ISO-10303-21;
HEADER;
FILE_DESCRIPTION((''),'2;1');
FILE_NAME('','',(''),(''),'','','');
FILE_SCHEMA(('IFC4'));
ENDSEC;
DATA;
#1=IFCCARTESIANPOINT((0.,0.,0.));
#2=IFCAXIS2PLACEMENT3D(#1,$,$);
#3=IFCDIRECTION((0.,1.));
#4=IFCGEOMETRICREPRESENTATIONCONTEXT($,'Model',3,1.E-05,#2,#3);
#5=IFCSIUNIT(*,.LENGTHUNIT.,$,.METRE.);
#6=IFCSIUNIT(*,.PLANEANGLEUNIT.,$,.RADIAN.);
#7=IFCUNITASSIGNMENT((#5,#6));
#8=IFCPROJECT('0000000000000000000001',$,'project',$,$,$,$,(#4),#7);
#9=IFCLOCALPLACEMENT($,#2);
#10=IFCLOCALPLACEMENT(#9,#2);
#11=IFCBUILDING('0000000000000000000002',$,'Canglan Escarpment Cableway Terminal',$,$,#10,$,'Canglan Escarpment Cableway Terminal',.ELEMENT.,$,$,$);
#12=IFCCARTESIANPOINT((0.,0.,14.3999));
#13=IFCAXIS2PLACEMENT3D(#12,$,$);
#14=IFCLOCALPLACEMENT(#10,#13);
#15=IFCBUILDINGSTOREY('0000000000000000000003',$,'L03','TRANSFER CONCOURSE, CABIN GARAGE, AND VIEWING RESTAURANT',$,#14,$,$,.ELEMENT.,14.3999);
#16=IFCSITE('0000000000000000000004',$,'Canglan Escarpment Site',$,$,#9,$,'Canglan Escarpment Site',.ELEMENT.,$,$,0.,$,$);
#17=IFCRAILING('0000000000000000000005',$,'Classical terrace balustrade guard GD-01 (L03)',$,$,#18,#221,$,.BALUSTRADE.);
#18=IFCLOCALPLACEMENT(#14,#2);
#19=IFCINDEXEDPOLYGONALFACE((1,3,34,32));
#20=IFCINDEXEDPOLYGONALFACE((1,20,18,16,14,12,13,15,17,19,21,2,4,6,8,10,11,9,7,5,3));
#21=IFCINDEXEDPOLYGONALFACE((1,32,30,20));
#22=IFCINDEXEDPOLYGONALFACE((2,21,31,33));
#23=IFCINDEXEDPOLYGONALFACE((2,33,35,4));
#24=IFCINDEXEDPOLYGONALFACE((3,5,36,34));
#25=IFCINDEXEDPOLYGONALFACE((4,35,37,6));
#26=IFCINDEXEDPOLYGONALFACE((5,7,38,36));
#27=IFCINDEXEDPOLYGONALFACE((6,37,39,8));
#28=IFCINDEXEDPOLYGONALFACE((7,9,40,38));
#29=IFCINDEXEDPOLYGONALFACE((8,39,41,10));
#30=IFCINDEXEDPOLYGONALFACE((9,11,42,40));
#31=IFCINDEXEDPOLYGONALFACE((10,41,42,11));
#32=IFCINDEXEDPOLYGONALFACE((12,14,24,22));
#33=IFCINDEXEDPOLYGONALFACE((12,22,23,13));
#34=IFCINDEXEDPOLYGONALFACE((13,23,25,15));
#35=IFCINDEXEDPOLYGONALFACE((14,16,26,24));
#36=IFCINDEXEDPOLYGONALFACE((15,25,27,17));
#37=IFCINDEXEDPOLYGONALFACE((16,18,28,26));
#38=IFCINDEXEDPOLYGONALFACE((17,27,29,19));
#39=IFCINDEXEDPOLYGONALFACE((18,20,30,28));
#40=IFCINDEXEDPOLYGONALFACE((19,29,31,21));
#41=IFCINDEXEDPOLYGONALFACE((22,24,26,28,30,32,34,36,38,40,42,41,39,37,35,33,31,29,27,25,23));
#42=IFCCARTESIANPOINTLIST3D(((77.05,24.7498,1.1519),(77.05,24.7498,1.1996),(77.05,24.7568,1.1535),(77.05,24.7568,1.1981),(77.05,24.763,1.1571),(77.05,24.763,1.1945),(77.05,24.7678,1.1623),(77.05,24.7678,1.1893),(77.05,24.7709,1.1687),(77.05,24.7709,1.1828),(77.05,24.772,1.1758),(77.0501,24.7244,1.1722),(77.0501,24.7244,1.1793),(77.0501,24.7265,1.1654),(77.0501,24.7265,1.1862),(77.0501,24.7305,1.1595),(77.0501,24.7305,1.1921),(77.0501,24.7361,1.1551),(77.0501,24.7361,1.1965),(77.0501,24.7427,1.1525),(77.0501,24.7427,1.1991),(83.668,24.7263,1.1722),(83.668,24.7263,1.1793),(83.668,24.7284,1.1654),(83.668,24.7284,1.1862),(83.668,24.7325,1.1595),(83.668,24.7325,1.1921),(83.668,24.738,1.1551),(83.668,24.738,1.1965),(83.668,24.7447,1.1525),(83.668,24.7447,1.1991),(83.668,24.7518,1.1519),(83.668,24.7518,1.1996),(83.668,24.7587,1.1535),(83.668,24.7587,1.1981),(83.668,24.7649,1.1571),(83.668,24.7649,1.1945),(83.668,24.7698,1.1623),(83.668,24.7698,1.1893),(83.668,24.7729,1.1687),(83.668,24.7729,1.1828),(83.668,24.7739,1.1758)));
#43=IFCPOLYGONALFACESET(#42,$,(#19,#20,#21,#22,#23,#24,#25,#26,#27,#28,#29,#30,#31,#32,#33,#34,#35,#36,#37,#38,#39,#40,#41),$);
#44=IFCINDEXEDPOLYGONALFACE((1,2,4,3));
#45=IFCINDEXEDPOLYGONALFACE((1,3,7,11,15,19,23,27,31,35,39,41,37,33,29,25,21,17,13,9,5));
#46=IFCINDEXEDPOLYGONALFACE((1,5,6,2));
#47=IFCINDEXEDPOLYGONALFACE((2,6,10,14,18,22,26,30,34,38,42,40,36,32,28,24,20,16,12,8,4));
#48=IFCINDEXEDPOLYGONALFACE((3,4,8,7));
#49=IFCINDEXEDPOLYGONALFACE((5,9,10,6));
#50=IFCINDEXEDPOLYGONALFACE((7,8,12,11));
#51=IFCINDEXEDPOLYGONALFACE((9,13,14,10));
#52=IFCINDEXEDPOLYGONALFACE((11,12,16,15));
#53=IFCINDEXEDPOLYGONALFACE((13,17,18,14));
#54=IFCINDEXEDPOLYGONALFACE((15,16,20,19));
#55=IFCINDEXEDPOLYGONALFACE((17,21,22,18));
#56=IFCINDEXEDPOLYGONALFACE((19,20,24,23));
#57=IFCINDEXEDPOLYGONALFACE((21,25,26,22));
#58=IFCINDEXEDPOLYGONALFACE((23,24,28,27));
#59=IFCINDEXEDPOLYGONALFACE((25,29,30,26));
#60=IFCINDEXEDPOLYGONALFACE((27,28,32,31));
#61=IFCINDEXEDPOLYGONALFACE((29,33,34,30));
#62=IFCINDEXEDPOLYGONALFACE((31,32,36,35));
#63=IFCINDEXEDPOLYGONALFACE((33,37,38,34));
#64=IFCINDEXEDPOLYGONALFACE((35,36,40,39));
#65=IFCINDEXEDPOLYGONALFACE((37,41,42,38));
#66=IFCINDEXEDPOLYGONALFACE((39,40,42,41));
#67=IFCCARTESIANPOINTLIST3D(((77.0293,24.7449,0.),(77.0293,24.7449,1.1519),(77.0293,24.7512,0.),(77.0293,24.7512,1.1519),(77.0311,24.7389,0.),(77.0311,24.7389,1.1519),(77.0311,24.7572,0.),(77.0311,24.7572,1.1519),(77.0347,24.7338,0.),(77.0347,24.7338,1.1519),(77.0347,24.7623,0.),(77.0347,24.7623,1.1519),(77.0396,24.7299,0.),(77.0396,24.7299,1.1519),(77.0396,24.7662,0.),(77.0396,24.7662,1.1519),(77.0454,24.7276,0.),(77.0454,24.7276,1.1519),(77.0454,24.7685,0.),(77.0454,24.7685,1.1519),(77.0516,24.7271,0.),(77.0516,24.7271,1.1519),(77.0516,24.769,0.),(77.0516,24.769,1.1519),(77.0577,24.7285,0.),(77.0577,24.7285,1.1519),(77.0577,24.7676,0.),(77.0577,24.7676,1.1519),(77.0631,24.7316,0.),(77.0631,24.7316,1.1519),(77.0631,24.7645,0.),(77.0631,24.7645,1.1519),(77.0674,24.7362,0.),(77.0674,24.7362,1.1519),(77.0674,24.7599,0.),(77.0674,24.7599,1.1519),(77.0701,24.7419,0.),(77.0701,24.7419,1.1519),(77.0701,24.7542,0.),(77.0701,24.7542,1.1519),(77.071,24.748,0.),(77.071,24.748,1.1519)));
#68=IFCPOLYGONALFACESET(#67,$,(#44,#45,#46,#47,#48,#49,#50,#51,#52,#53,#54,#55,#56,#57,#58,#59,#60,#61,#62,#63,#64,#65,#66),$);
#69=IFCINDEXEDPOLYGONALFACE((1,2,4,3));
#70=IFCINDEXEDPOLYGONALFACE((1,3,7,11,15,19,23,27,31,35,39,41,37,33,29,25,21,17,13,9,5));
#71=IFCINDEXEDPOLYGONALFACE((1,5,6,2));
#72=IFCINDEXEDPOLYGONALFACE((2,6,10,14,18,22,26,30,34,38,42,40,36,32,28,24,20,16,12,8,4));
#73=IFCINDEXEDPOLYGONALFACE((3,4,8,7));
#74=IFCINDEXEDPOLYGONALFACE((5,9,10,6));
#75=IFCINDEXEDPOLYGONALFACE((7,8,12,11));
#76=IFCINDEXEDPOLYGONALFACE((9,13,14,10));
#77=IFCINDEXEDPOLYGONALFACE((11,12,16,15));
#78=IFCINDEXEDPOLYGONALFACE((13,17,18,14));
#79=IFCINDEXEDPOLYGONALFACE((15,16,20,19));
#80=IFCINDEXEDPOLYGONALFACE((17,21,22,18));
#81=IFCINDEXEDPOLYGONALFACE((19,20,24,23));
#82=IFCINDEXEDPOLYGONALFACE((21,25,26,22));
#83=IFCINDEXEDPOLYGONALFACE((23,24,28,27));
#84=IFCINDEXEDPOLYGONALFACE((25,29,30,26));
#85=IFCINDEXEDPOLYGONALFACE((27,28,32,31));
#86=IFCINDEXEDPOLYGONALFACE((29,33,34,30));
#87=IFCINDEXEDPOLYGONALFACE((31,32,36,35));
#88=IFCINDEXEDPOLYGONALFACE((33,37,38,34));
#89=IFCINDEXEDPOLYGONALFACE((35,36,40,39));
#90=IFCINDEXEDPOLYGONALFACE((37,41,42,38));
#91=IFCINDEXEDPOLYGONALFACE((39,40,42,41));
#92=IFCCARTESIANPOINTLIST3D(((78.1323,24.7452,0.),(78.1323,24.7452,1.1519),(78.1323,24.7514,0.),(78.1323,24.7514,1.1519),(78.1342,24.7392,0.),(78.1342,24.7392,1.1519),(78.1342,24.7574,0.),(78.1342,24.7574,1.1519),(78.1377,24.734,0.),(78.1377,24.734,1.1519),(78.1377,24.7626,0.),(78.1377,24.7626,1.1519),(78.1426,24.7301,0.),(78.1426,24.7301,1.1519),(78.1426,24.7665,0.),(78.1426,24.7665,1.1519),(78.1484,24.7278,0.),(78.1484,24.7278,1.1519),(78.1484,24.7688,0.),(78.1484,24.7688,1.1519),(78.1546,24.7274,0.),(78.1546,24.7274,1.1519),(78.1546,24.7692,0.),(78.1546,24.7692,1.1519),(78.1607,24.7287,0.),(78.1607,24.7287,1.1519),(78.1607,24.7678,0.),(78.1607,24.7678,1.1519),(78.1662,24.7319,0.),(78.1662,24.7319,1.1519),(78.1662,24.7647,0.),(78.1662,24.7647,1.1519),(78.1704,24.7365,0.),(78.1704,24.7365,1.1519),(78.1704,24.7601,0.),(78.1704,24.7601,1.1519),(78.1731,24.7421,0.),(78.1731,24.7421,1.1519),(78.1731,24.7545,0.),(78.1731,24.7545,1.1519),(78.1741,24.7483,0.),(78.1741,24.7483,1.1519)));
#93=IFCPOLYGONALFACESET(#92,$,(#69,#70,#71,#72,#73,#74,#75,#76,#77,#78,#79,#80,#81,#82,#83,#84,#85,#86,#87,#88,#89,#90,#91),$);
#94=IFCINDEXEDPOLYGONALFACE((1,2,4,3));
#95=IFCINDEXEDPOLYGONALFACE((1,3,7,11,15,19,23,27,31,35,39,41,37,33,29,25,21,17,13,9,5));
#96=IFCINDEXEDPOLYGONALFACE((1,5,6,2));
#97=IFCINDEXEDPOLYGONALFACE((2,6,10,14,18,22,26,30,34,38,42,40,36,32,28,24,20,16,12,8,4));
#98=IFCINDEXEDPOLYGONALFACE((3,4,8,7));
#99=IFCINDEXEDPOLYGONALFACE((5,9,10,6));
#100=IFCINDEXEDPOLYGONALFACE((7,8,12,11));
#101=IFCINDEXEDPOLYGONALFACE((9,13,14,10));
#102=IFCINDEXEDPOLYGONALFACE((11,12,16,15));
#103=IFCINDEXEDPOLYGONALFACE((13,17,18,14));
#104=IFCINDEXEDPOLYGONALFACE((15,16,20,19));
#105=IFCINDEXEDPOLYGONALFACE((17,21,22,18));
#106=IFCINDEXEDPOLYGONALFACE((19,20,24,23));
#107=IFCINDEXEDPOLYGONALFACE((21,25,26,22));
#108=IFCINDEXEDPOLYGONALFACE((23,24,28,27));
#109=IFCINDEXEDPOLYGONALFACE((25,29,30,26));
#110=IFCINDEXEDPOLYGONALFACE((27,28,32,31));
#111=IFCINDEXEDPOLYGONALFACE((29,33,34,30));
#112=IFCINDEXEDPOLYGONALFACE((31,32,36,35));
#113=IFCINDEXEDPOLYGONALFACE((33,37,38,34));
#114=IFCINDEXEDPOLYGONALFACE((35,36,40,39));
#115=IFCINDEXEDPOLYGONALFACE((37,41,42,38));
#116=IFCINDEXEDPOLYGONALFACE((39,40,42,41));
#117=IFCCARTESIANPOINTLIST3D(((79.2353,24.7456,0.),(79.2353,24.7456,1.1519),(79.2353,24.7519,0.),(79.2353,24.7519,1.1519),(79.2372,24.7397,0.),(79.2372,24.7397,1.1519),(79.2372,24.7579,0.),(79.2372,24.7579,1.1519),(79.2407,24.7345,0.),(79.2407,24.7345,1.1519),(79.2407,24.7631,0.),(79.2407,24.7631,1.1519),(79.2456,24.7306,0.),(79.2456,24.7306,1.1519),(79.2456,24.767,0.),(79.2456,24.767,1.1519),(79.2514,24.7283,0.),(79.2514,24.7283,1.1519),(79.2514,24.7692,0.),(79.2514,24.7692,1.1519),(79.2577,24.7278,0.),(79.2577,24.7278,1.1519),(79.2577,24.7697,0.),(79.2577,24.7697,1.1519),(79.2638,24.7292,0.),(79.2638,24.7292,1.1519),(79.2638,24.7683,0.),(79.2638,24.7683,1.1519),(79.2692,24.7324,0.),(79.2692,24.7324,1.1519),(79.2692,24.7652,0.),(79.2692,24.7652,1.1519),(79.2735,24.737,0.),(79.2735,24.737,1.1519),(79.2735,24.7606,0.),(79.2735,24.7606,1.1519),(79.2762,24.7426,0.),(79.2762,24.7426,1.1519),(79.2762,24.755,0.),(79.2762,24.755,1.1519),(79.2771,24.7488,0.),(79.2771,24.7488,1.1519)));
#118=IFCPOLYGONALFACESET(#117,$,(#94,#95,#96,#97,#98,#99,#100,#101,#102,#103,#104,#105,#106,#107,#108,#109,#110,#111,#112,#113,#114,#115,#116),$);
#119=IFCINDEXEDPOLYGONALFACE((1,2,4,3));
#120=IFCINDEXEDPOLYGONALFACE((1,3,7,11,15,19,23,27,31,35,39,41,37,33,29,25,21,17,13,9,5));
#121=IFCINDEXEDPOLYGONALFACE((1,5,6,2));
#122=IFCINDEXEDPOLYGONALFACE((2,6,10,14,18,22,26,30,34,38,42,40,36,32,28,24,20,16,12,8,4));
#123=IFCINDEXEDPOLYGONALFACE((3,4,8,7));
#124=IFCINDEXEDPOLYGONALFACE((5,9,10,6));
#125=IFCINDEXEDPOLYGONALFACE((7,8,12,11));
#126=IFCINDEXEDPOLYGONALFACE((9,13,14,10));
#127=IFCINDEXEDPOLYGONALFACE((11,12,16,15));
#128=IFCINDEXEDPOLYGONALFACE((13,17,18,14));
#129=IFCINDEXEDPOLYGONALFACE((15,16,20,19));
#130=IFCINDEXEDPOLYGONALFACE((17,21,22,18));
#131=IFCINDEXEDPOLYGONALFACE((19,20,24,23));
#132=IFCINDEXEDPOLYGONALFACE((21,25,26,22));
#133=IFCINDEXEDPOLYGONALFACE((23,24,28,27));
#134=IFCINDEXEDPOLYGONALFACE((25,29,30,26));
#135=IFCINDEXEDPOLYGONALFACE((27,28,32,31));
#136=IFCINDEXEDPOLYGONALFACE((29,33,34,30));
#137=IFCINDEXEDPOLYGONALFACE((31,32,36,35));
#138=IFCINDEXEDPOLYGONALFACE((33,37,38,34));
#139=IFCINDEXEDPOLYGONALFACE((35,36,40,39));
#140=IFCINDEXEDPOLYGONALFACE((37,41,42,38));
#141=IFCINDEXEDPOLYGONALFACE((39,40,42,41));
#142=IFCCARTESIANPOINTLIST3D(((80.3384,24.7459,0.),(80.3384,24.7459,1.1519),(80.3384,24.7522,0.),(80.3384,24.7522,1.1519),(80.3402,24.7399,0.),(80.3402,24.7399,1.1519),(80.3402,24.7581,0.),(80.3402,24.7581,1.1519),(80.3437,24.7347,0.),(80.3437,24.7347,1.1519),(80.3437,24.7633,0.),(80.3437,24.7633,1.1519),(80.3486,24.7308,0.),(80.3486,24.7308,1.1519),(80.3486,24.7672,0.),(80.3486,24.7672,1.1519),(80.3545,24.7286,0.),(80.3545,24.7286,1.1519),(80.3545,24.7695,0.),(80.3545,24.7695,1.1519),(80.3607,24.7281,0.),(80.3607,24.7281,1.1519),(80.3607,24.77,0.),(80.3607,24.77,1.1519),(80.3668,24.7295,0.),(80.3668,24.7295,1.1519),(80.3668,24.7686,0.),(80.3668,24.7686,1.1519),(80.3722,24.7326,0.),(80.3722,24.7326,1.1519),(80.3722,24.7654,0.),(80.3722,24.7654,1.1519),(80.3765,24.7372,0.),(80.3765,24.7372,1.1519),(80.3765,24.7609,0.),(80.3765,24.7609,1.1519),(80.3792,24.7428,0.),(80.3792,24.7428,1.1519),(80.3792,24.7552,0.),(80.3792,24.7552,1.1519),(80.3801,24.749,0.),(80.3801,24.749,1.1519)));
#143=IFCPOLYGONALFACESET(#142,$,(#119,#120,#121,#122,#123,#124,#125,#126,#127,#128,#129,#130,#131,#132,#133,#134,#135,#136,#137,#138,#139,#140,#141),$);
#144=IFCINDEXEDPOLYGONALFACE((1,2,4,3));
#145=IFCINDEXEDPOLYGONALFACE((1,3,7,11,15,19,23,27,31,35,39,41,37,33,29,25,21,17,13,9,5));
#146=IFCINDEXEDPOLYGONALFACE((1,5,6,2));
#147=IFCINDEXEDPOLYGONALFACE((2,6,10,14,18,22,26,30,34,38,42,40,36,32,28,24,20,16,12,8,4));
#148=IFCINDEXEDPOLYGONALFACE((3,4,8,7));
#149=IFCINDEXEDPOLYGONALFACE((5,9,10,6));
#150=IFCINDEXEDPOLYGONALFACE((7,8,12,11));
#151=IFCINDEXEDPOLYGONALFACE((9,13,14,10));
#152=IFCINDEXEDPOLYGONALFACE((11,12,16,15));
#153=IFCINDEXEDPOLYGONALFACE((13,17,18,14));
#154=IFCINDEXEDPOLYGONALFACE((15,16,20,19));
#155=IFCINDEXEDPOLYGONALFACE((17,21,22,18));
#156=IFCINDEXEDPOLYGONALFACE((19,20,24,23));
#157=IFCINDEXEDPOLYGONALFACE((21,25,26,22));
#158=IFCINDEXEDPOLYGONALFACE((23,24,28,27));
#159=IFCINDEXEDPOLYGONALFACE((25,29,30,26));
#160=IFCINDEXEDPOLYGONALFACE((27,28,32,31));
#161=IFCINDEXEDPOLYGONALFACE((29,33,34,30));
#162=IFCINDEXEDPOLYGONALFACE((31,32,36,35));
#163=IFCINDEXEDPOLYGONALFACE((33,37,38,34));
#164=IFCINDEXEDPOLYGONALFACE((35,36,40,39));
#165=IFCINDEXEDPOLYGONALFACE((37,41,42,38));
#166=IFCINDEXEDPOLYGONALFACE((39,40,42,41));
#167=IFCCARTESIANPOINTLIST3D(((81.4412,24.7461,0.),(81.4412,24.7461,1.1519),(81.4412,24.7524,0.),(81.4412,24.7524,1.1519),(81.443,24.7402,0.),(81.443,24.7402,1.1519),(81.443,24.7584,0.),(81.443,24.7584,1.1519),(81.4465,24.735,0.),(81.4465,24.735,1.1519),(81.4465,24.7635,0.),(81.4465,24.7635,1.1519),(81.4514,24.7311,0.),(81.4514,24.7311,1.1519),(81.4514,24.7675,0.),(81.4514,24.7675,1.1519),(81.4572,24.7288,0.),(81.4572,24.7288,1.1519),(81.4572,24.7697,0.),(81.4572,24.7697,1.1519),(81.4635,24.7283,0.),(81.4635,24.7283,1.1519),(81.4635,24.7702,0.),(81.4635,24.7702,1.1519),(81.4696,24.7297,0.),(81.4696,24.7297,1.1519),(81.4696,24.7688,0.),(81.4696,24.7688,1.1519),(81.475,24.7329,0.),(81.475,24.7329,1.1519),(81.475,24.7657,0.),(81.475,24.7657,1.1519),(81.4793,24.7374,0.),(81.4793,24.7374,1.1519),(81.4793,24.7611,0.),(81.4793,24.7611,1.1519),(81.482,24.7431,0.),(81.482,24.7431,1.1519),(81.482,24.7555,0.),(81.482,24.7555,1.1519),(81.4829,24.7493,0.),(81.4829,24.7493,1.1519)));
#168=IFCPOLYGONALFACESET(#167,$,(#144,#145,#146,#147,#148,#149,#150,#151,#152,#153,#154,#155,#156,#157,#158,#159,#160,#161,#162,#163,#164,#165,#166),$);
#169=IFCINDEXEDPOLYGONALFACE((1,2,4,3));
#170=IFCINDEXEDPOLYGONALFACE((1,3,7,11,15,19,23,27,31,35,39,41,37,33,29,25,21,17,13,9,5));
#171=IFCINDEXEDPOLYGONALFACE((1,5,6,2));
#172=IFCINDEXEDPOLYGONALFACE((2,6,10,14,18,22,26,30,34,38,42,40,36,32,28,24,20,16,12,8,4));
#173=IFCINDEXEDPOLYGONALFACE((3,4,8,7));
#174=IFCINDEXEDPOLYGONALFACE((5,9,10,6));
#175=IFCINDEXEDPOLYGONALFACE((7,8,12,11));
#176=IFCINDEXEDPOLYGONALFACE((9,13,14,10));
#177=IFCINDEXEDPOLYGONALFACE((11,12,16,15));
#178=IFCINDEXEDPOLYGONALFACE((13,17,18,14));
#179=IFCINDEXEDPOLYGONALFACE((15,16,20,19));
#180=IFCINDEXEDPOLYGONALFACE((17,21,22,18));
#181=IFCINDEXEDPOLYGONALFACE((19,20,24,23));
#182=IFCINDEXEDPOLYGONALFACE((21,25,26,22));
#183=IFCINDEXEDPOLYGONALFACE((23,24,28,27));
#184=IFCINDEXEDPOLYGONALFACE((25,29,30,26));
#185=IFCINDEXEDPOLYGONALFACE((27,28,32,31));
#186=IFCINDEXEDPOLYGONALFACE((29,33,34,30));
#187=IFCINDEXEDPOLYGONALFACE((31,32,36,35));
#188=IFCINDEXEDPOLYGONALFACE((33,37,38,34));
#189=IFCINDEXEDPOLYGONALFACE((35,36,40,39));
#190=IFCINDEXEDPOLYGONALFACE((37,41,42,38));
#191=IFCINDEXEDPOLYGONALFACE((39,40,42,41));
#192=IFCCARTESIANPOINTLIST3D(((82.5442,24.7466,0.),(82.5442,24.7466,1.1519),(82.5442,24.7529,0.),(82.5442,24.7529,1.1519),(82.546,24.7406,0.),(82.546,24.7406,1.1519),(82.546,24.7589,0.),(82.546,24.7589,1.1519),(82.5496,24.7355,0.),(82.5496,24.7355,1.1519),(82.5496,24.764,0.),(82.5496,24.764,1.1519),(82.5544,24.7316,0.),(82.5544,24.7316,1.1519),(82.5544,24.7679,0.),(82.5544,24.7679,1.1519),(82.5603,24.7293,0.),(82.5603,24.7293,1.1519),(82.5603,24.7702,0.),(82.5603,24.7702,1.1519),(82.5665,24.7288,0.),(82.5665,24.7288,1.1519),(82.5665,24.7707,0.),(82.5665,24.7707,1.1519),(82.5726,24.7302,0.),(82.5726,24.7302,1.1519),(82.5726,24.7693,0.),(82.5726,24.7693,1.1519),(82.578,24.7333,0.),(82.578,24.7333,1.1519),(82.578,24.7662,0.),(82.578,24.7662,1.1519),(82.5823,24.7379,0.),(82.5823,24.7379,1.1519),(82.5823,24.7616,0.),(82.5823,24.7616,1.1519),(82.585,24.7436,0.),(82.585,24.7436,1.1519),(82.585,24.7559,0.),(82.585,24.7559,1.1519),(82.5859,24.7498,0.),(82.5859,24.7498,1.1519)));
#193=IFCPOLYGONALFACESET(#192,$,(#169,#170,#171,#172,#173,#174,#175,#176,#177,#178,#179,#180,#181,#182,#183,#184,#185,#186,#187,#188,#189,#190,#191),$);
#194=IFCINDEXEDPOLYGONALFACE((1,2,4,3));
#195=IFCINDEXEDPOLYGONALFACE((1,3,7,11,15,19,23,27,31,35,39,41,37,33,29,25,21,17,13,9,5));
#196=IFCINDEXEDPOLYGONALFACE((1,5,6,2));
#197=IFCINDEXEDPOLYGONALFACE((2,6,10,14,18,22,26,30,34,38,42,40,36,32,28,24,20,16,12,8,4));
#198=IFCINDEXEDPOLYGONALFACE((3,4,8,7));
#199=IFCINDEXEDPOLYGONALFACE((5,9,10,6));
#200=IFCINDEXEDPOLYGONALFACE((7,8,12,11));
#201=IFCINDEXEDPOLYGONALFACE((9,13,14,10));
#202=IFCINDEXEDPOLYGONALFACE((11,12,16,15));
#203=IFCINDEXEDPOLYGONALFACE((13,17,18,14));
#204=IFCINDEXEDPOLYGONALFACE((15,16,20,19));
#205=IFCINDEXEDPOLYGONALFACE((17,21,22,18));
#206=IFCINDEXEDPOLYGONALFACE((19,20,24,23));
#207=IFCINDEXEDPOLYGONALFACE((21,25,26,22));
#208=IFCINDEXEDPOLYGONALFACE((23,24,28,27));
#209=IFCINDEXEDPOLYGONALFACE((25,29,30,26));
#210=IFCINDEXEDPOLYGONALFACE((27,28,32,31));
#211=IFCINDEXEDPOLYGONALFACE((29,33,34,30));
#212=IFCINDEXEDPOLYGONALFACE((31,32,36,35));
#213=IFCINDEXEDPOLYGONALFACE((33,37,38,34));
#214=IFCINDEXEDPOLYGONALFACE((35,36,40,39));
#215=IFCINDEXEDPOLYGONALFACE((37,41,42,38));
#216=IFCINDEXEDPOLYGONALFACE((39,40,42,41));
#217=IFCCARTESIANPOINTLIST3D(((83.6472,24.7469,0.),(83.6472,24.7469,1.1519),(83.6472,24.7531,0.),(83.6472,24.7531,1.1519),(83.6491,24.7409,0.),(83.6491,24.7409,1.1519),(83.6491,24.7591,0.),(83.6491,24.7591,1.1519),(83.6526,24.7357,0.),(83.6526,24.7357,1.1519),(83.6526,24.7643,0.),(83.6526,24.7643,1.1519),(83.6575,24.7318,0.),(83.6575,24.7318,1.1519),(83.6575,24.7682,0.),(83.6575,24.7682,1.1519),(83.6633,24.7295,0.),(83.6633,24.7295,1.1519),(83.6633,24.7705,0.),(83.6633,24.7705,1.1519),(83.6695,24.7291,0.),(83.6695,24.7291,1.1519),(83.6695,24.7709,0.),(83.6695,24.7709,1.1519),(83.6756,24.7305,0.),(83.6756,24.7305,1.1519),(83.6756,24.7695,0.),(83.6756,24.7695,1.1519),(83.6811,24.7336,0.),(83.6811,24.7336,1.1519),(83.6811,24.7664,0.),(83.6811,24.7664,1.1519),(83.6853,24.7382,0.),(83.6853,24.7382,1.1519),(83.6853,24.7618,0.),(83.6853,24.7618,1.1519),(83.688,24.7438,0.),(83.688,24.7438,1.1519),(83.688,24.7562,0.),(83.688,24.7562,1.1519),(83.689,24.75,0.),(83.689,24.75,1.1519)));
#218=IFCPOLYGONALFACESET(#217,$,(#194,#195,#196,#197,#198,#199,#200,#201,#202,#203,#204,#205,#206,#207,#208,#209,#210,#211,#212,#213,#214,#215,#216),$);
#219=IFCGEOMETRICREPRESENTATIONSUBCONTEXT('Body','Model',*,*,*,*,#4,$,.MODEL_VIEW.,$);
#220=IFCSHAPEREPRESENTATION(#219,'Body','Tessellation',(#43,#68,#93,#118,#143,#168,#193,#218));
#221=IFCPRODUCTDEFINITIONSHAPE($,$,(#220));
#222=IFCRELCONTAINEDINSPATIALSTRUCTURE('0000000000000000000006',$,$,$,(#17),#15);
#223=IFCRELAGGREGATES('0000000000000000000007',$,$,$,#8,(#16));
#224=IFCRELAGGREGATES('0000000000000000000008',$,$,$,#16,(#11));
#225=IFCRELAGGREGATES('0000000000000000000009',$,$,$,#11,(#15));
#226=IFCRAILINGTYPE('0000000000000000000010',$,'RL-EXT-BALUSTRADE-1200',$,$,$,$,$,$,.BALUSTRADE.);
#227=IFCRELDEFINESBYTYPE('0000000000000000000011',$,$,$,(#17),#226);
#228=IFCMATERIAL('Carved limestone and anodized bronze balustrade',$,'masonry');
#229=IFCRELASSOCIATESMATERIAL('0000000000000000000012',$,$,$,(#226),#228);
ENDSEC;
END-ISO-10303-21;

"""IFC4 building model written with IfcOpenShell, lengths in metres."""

from ifc_helpers import new_model, si_unit, direction, frame, origin, origin_2d, place, context, subcontext, project, spatial, circle, extrude, material, type_object, element, save


model = new_model("IFC4")

# Units and contexts
model_context = context("Model", 3, precision=1e-05, world=origin(), true_north=direction((0.0, 1.0)))
body_context = subcontext(model_context, "Body", "Model", "MODEL_VIEW")
ifc_project = project(units=[si_unit("LENGTHUNIT", "METRE"), si_unit("PLANEANGLEUNIT", "RADIAN")], contexts=[model_context])

# Site, building, storey
site_placement = place(None, origin())
site = spatial("IfcSite", under=ifc_project, at=site_placement, Name="Canglan Escarpment Site", LongName="Canglan Escarpment Site", CompositionType="ELEMENT", RefElevation=0.0)
building_placement = place(site_placement, origin())
building = spatial("IfcBuilding", under=site, at=building_placement, Name="Canglan Escarpment Cableway Terminal", LongName="Canglan Escarpment Cableway Terminal", CompositionType="ELEMENT")
storey_placement = place(building_placement, frame((0.0, 0.0, 14.3999)))
storey = spatial("IfcBuildingStorey", under=building, at=storey_placement, Name="L03", Description="TRANSFER CONCOURSE, CABIN GARAGE, AND VIEWING RESTAURANT", CompositionType="ELEMENT", Elevation=14.3999)

# Railing
ifc_material_1 = material(Name="Carved limestone and anodized bronze balustrade", Category="masonry")
railing_type = type_object("IfcRailingType", Name="RL-EXT-BALUSTRADE-1200", PredefinedType="BALUSTRADE", material=ifc_material_1)
railing_1_placement = place(storey_placement, frame((77.05, 24.748, 0.0)))
element("IfcRailing", 1, at=railing_1_placement, inside=storey, type_object=railing_type, Name="Classical terrace balustrade guard GD-01 (L03)", PredefinedType="BALUSTRADE", context=body_context, shape_type="SweptSolid", body=[
    extrude(circle(Radius=0.0239, at=origin_2d()), frame((0.0, 0.0, 1.1758), z_axis=(1.0, 0.000295, 0.0), x_axis=(-0.000295, 1.0, 0.0)), (0.0, 0.0, 1.0), 6.6179),
    extrude(circle(Radius=0.021, at=origin_2d()), origin(), (0.0, 0.0, 1.0), 1.1519),
    extrude(circle(Radius=0.021, at=origin_2d()), frame((1.103, 0.0002, 0.0)), (0.0, 0.0, 1.0), 1.1519),
    extrude(circle(Radius=0.021, at=origin_2d()), frame((2.2061, 0.0007, 0.0)), (0.0, 0.0, 1.0), 1.1519),
    extrude(circle(Radius=0.021, at=origin_2d()), frame((3.3091, 0.001, 0.0)), (0.0, 0.0, 1.0), 1.1519),
    extrude(circle(Radius=0.021, at=origin_2d()), frame((4.4119, 0.0012, 0.0)), (0.0, 0.0, 1.0), 1.1519),
    extrude(circle(Radius=0.021, at=origin_2d()), frame((5.5149, 0.0017, 0.0)), (0.0, 0.0, 1.0), 1.1519),
    extrude(circle(Radius=0.021, at=origin_2d()), frame((6.6179, 0.002, 0.0)), (0.0, 0.0, 1.0), 1.1519),
])

save(model, "model.ifc")
